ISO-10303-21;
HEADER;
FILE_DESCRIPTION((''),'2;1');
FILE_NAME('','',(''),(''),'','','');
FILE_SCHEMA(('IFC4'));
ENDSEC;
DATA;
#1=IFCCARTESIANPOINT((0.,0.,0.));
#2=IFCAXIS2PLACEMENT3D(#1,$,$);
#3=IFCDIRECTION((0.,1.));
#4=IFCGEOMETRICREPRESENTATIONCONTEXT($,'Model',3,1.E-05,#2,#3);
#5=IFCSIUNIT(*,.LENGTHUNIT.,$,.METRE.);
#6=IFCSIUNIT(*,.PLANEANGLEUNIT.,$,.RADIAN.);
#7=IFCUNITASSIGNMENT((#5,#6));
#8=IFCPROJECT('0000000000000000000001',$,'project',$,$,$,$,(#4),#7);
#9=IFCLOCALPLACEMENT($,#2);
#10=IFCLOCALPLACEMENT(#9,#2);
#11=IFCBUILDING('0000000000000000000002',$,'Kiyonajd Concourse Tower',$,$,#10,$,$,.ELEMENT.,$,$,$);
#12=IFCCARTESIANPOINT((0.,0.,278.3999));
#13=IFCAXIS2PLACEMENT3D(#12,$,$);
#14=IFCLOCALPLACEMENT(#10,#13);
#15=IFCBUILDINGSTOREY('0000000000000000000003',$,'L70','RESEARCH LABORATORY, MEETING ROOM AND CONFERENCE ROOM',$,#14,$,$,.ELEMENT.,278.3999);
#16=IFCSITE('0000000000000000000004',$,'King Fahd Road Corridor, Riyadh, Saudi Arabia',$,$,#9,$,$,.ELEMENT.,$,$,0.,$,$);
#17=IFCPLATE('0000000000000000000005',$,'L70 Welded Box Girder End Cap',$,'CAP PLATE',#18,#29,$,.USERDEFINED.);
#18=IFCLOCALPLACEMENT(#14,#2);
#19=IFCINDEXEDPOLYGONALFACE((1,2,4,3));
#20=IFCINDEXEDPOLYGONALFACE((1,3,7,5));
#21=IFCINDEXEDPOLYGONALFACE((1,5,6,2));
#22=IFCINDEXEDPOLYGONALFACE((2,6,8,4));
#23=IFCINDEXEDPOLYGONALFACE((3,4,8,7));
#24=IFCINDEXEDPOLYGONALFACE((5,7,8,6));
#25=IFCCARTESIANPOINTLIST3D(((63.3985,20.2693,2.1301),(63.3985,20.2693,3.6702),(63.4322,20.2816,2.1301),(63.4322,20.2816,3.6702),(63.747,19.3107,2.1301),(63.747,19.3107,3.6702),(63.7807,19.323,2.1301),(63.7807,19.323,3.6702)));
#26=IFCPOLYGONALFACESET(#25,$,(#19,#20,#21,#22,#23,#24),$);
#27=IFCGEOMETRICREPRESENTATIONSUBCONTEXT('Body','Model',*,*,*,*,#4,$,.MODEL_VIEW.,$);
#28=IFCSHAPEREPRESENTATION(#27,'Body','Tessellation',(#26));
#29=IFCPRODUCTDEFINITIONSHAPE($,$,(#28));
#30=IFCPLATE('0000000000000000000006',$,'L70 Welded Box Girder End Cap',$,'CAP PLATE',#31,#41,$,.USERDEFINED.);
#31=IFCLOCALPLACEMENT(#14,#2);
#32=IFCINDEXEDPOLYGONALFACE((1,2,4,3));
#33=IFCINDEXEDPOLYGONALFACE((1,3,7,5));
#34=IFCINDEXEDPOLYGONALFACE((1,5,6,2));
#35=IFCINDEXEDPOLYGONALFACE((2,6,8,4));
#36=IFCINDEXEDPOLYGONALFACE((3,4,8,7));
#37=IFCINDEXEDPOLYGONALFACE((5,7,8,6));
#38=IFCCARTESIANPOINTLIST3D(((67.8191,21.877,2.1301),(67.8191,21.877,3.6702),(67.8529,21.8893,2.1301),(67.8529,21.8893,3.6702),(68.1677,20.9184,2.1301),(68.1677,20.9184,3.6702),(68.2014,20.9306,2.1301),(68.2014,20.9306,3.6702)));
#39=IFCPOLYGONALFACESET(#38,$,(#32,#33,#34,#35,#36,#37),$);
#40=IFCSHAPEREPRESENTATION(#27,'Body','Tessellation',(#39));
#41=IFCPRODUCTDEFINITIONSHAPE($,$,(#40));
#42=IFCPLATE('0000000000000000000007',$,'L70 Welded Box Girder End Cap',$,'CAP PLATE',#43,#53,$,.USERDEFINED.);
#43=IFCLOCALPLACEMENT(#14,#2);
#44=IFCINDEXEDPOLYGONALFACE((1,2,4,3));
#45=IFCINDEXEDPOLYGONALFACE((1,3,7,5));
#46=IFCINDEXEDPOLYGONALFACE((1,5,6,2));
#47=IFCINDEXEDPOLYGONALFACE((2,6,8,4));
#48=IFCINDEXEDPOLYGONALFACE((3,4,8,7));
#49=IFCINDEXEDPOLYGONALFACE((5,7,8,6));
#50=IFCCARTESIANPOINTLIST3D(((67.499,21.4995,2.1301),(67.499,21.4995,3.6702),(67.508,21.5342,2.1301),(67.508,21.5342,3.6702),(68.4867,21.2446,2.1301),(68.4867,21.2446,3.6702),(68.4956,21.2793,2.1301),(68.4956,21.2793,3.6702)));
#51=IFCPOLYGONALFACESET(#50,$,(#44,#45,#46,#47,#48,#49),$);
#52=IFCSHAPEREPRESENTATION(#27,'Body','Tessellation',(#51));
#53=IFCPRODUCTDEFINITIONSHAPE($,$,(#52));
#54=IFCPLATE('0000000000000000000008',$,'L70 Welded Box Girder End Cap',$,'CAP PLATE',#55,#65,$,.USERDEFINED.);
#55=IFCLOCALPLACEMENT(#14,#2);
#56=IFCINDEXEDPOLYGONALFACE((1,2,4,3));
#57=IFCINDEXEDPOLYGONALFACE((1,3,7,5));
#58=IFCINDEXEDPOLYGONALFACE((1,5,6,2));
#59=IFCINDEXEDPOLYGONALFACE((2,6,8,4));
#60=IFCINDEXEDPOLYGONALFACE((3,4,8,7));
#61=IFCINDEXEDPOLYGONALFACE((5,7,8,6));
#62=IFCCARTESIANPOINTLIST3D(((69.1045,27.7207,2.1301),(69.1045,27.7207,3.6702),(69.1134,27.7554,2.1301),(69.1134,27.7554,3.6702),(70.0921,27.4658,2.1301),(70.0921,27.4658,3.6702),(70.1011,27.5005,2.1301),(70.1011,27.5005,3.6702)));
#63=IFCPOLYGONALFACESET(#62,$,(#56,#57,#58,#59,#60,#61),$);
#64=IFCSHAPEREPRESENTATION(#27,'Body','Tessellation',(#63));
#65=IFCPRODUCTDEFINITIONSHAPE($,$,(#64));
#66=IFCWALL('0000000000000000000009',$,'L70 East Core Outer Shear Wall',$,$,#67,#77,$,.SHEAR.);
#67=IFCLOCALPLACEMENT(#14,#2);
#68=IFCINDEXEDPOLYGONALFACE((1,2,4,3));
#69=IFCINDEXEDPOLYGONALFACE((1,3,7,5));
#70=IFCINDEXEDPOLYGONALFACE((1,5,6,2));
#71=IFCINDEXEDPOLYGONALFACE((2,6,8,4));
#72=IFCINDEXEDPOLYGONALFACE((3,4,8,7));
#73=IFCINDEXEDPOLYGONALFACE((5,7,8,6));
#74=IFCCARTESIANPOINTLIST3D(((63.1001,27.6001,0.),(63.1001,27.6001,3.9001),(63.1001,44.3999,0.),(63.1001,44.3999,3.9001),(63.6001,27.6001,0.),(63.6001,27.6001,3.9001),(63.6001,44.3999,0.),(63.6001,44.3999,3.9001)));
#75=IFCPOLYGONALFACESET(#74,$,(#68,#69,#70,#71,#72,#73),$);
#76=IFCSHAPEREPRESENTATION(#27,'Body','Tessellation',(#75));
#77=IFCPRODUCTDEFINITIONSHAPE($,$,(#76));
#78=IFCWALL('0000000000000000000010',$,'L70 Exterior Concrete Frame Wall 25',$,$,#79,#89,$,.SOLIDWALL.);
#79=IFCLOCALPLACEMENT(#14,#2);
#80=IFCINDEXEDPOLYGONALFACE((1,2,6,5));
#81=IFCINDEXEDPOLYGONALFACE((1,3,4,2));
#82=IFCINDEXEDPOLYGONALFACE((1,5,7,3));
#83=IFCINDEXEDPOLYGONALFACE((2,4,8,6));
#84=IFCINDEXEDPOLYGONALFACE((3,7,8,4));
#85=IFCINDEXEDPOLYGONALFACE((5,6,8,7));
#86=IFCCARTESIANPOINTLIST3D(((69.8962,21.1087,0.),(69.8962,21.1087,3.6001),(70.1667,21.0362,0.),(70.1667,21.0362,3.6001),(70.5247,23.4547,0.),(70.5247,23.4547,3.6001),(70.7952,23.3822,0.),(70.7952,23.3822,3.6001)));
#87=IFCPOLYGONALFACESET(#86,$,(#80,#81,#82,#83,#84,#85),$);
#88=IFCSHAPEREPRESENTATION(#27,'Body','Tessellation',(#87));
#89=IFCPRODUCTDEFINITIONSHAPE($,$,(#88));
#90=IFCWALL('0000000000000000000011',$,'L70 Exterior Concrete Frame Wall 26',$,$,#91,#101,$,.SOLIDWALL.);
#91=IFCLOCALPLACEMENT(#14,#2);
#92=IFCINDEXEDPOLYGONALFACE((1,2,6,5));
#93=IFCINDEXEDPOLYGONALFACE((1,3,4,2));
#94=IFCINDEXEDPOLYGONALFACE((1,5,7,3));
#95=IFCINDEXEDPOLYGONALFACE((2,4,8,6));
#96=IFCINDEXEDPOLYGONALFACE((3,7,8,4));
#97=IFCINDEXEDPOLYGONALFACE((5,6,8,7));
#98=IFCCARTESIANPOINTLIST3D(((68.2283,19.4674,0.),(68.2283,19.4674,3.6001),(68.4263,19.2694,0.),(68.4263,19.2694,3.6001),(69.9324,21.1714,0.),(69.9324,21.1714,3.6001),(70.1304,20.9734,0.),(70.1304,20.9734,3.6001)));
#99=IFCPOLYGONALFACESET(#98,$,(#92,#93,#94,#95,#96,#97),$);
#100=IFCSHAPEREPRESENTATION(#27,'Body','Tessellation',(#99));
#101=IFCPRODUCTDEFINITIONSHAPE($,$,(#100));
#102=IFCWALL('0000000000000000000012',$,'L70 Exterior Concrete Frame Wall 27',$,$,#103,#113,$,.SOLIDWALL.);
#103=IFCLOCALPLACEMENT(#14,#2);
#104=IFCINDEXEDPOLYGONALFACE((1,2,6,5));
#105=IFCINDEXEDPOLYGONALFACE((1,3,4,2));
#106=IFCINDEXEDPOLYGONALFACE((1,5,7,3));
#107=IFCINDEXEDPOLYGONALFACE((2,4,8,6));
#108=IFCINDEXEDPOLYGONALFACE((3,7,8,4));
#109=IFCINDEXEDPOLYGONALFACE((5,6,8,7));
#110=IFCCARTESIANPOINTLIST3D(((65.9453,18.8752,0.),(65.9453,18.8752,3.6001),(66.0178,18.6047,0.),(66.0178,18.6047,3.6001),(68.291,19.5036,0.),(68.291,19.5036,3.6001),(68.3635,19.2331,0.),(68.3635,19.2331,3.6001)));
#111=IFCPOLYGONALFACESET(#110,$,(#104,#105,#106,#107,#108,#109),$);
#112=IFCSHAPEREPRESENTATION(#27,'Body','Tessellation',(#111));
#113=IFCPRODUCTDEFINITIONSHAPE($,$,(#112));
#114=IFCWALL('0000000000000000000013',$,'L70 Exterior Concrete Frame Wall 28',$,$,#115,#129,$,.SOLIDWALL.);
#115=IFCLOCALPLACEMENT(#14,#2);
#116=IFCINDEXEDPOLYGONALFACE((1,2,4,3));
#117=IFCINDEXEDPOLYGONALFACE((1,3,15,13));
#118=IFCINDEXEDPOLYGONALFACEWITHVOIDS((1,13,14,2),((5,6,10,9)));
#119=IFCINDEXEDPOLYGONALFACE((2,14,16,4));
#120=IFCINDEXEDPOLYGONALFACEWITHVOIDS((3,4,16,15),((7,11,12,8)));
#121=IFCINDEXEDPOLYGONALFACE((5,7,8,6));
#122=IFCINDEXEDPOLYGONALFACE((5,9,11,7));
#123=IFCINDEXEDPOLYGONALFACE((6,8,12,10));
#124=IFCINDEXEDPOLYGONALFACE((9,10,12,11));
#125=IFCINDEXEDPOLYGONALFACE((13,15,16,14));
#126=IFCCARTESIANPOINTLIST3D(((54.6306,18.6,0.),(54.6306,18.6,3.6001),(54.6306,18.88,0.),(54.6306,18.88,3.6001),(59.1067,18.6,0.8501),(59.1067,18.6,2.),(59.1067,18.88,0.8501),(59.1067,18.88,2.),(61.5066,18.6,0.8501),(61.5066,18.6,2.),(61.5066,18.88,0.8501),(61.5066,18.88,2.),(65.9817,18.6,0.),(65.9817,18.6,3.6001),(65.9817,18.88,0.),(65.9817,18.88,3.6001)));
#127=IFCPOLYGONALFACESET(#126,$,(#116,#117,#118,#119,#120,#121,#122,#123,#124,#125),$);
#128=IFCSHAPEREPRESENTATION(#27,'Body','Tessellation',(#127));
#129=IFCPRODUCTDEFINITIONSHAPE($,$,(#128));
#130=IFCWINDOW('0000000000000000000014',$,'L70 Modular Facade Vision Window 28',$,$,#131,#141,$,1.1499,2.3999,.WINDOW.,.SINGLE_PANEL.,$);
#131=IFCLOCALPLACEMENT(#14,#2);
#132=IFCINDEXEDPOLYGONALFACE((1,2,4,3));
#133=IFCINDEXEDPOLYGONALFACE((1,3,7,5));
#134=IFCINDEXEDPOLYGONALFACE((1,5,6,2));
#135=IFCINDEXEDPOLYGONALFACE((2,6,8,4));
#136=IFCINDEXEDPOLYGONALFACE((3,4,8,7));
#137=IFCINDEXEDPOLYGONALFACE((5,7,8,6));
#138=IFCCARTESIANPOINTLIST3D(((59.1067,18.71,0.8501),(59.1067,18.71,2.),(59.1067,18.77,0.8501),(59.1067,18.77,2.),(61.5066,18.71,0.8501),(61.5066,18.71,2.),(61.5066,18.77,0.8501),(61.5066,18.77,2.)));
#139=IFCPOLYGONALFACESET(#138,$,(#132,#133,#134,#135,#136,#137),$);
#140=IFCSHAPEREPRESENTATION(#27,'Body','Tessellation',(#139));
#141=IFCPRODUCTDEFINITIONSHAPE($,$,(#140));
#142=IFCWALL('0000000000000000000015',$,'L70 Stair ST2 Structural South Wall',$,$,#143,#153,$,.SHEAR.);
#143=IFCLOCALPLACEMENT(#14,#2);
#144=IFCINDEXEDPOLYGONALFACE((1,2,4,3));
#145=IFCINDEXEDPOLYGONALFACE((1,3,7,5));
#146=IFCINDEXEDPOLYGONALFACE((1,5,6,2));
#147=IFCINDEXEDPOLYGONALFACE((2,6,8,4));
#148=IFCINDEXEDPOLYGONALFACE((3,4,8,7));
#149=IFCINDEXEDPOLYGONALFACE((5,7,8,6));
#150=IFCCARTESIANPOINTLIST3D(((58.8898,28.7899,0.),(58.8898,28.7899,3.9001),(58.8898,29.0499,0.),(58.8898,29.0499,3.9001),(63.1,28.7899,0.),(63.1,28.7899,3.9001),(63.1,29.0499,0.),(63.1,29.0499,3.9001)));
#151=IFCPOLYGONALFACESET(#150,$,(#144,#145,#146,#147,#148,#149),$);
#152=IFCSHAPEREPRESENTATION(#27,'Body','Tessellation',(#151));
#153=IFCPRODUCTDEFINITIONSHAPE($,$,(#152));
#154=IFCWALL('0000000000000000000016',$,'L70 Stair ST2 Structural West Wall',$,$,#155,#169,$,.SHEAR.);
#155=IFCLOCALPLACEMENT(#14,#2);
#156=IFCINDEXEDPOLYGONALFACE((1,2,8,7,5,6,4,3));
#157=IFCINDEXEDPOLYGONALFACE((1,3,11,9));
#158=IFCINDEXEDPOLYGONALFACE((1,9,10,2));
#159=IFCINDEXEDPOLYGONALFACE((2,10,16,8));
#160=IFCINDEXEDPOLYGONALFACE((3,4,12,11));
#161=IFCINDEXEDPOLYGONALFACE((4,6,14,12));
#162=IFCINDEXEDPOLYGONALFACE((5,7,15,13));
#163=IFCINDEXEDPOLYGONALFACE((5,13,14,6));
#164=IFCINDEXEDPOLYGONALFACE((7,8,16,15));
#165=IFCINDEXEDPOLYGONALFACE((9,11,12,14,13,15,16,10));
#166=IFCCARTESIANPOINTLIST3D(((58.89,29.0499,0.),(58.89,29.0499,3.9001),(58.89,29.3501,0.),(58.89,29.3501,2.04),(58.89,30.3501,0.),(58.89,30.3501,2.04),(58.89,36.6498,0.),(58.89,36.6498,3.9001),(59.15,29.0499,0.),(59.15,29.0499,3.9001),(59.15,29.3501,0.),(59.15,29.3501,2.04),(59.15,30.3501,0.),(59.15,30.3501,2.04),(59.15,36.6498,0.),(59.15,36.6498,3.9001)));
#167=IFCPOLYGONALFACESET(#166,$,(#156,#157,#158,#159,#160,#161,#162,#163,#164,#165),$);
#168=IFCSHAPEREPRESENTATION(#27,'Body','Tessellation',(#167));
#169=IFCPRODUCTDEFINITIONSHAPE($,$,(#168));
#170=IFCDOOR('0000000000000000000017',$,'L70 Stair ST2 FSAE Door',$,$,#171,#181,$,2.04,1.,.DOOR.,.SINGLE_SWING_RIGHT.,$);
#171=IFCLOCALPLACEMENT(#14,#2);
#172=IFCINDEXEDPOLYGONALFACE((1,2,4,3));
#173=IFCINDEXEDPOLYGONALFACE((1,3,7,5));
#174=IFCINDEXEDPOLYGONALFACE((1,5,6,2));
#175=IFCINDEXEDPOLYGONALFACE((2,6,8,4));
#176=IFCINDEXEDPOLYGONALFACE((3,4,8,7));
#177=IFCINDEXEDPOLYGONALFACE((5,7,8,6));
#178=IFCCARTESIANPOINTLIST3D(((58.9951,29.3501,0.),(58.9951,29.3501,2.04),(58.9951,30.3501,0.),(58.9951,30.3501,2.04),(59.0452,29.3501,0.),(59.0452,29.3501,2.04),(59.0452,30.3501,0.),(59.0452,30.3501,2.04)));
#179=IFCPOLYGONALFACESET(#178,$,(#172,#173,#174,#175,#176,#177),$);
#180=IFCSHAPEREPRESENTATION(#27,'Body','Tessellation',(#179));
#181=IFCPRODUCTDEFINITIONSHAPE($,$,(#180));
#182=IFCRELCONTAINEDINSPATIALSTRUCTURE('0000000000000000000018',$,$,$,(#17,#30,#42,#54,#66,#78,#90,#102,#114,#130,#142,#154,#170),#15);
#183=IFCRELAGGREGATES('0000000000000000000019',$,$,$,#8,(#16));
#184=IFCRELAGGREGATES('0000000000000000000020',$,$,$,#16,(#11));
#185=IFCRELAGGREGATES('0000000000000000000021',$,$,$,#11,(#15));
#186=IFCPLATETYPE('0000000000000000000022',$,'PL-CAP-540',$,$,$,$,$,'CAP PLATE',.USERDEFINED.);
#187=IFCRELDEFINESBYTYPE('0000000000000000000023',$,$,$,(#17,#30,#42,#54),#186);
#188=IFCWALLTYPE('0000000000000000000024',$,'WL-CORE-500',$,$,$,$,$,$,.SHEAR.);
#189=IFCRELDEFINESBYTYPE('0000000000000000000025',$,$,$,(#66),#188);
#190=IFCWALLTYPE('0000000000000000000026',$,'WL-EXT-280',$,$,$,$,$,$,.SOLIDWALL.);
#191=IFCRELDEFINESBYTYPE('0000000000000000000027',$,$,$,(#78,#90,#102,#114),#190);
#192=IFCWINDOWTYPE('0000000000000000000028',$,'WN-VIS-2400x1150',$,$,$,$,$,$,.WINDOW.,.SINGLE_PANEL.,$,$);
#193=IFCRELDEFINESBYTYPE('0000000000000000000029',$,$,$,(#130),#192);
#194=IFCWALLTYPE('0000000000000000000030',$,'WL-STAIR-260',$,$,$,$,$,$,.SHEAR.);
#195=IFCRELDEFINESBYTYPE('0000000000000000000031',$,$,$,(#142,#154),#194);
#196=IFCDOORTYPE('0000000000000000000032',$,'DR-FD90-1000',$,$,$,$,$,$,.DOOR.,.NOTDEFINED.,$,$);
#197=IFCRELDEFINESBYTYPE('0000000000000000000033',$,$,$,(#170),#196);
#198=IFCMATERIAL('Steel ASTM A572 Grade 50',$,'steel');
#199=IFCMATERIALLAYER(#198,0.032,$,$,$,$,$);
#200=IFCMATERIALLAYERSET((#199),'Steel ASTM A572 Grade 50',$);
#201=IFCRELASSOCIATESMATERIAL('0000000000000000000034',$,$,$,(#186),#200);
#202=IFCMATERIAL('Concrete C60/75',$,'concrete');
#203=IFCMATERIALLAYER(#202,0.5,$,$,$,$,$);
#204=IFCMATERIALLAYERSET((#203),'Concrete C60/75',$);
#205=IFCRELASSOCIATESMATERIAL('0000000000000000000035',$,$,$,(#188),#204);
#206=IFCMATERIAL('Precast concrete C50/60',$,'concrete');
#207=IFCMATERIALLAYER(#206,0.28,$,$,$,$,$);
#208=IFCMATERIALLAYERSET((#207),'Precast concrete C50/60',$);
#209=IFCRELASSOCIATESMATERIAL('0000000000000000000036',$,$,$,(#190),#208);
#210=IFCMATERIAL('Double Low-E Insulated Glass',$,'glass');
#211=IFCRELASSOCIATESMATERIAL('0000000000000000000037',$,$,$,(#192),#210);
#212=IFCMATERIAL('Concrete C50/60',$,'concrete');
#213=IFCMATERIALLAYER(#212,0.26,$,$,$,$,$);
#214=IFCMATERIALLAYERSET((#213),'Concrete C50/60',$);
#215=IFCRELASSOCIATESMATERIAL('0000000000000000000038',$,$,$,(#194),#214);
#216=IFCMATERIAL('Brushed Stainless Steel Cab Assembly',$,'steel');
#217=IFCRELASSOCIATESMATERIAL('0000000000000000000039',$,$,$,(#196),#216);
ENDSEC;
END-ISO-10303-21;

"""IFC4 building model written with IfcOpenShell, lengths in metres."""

from ifc_helpers import new_model, si_unit, direction, frame, frame_2d, origin, origin_2d, place, context, subcontext, project, spatial, rectangle, extrude, material, layer, layer_set, type_object, element, fill, save


model = new_model("IFC4")

# Units and contexts
model_context = context("Model", 3, precision=1e-05, world=origin(), true_north=direction((0.0, 1.0)))
body_context = subcontext(model_context, "Body", "Model", "MODEL_VIEW")
ifc_project = project(units=[si_unit("LENGTHUNIT", "METRE"), si_unit("PLANEANGLEUNIT", "RADIAN")], contexts=[model_context])

# Site, building, storey
site_placement = place(None, origin())
site = spatial("IfcSite", under=ifc_project, at=site_placement, Name="King Fahd Road Corridor, Riyadh, Saudi Arabia", CompositionType="ELEMENT", RefElevation=0.0)
building_placement = place(site_placement, origin())
building = spatial("IfcBuilding", under=site, at=building_placement, Name="Kiyonajd Concourse Tower", CompositionType="ELEMENT")
storey_placement = place(building_placement, frame((0.0, 0.0, 278.3999)))
storey = spatial("IfcBuildingStorey", under=building, at=storey_placement, Name="L70", Description="RESEARCH LABORATORY, MEETING ROOM AND CONFERENCE ROOM", CompositionType="ELEMENT", Elevation=278.3999)

# Shared definitions
ifc_material_1 = material(Name="Concrete C60/75", Category="concrete")

# Shared definitions
ifc_material_2 = material(Name="Steel ASTM A572 Grade 50", Category="steel")

# Plates
ifc_layer_1 = layer(ifc_material_2, 0.032)
ifc_layer_set_1 = layer_set([ifc_layer_1], Name="Steel ASTM A572 Grade 50")
plate_type = type_object("IfcPlateType", Name="PL-CAP-540", ElementType="CAP PLATE", PredefinedType="USERDEFINED", material=ifc_layer_set_1)
for number, where, z_axis, x_axis, name in (
    (1, (63.5896, 19.7961, 2.1301), (0.0, 0.0, 1.0), (-0.939812, -0.341692, 0.0), "L70 Welded Box Girder End Cap"),
    (2, (68.0103, 21.4038, 2.1301), (0.0, 0.0, 1.0), (0.939812, 0.341692, 0.0), "L70 Welded Box Girder End Cap"),
    (3, (67.9973, 21.3894, 2.1301), (0.0, 0.0, 1.0), (-0.249873, -0.968279, 0.0), "L70 Welded Box Girder End Cap"),
    (4, (69.6028, 27.6106, 2.1301), (0.0, 0.0, 1.0), (0.249873, 0.968279, 0.0), "L70 Welded Box Girder End Cap"),
):
    element("IfcPlate", number, at=place(storey_placement, frame(where, z_axis=z_axis, x_axis=x_axis)), inside=storey, type_object=plate_type, Name=name, ObjectType="CAP PLATE", PredefinedType="USERDEFINED", context=body_context, shape_type="SweptSolid", body=[
        extrude(rectangle(XDim=0.0359, YDim=1.02, at=origin_2d()), origin(), (0.0, 0.0, 1.0), 1.54),
    ])

# Walls
ifc_layer_2 = layer(ifc_material_1, 0.5)
ifc_layer_set_2 = layer_set([ifc_layer_2], Name="Concrete C60/75")
wall_type_1 = type_object("IfcWallType", Name="WL-CORE-500", PredefinedType="SHEAR", material=ifc_layer_set_2)
wall_1_placement = place(storey_placement, frame((63.3501, 27.6001, 0.0), z_axis=(0.0, 0.0, 1.0), x_axis=(0.0, 1.0, 0.0)))
element("IfcWall", 5, at=wall_1_placement, inside=storey, type_object=wall_type_1, Name="L70 East Core Outer Shear Wall", PredefinedType="SHEAR", context=body_context, shape_type="SweptSolid", body=[
    extrude(rectangle(XDim=16.7998, YDim=0.5, at=frame_2d((8.3999, 0.0))), origin(), (0.0, 0.0, 1.0), 3.9001),
])
ifc_material_3 = material(Name="Precast concrete C50/60", Category="concrete")
ifc_layer_3 = layer(ifc_material_3, 0.28)
ifc_layer_set_3 = layer_set([ifc_layer_3], Name="Precast concrete C50/60")
wall_type_2 = type_object("IfcWallType", Name="WL-EXT-280", PredefinedType="SOLIDWALL", material=ifc_layer_set_3)
wall_2_placement = place(storey_placement, frame((70.6599, 23.4185, 0.0), z_axis=(0.0, 0.0, 1.0), x_axis=(-0.258751, -0.965944, 0.0)))
element("IfcWall", 6, at=wall_2_placement, inside=storey, type_object=wall_type_2, Name="L70 Exterior Concrete Frame Wall 25", PredefinedType="SOLIDWALL", context=body_context, shape_type="SweptSolid", body=[
    extrude(rectangle(XDim=2.4287, YDim=0.28, at=frame_2d((1.2144, 0.0))), origin(), (0.0, 0.0, 1.0), 3.6001),
])
wall_3_placement = place(storey_placement, frame((70.0315, 21.0725, 0.0), z_axis=(0.0, 0.0, 1.0), x_axis=(-0.707107, -0.707107, 0.0)))
element("IfcWall", 7, at=wall_3_placement, inside=storey, type_object=wall_type_2, Name="L70 Exterior Concrete Frame Wall 26", PredefinedType="SOLIDWALL", context=body_context, shape_type="SweptSolid", body=[
    extrude(rectangle(XDim=2.4099, YDim=0.28, at=frame_2d((1.2051, 0.0))), origin(), (0.0, 0.0, 1.0), 3.6001),
])
wall_4_placement = place(storey_placement, frame((68.3274, 19.3684, 0.0), z_axis=(0.0, 0.0, 1.0), x_axis=(-0.965937, -0.258776, 0.0)))
element("IfcWall", 8, at=wall_4_placement, inside=storey, type_object=wall_type_2, Name="L70 Exterior Concrete Frame Wall 27", PredefinedType="SOLIDWALL", context=body_context, shape_type="SweptSolid", body=[
    extrude(rectangle(XDim=2.4285, YDim=0.28, at=frame_2d((1.2144, 0.0))), origin(), (0.0, 0.0, 1.0), 3.6001),
])

# Wall, opening, window
wall_5_placement = place(storey_placement, frame((65.9817, 18.74, 0.0), z_axis=(0.0, 0.0, 1.0), x_axis=(-1.0, 0.0, 0.0)))
wall_5 = element("IfcWall", 9, at=wall_5_placement, inside=storey, type_object=wall_type_2, Name="L70 Exterior Concrete Frame Wall 28", PredefinedType="SOLIDWALL", context=body_context, shape_type="SweptSolid", body=[
    extrude(rectangle(XDim=11.3511, YDim=0.28, at=frame_2d((5.6755, 0.0))), origin(), (0.0, 0.0, 1.0), 3.6001),
])
opening_1_placement = place(wall_5_placement, frame((4.4751, 0.0, 0.8501)))
opening_1 = element("IfcOpeningElement", 10, at=opening_1_placement, cuts=wall_5, PredefinedType="OPENING", context=body_context, shape_type="SweptSolid", body=[
    extrude(rectangle(XDim=2.3999, YDim=1.1499, at=frame_2d((1.2, 0.575))), frame((0.0, 0.1499, 0.0), z_axis=(0.0, -1.0, 0.0), x_axis=(1.0, 0.0, 0.0)), (0.0, 0.0, 1.0), 0.3),
])
ifc_material_4 = material(Name="Double Low-E Insulated Glass", Category="glass")
window_type = type_object("IfcWindowType", Name="WN-VIS-2400x1150", PartitioningType="SINGLE_PANEL", PredefinedType="WINDOW", material=ifc_material_4)
window_placement = place(opening_1_placement, origin())
window = element("IfcWindow", 11, at=window_placement, inside=storey, type_object=window_type, Name="L70 Modular Facade Vision Window 28", OverallHeight=1.1499, OverallWidth=2.3999, PartitioningType="SINGLE_PANEL", PredefinedType="WINDOW", context=body_context, shape_type="SweptSolid", body=[
    extrude(rectangle(XDim=2.3999, YDim=1.1499, at=frame_2d((1.2, 0.575))), frame((0.0, 0.03, 0.0), z_axis=(0.0, -1.0, 0.0), x_axis=(1.0, 0.0, 0.0)), (0.0, 0.0, 1.0), 0.0601),
])
fill(opening_1, window)

# Wall
ifc_material_5 = material(Name="Concrete C50/60", Category="concrete")
ifc_layer_4 = layer(ifc_material_5, 0.26)
ifc_layer_set_4 = layer_set([ifc_layer_4], Name="Concrete C50/60")
wall_type_3 = type_object("IfcWallType", Name="WL-STAIR-260", PredefinedType="SHEAR", material=ifc_layer_set_4)
wall_6_placement = place(storey_placement, frame((58.8899, 28.9199, 0.0), z_axis=(0.0, 0.0, 1.0), x_axis=(1.0, 0.0, 0.0)))
element("IfcWall", 12, at=wall_6_placement, inside=storey, type_object=wall_type_3, Name="L70 Stair ST2 Structural South Wall", PredefinedType="SHEAR", context=body_context, shape_type="SweptSolid", body=[
    extrude(rectangle(XDim=4.2102, YDim=0.26, at=frame_2d((2.105, 0.0))), origin(), (0.0, 0.0, 1.0), 3.9001),
])

# Wall, opening, door
wall_7_placement = place(storey_placement, frame((59.02, 29.05, 0.0), z_axis=(0.0, 0.0, 1.0), x_axis=(0.0, 1.0, 0.0)))
wall_7 = element("IfcWall", 13, at=wall_7_placement, inside=storey, type_object=wall_type_3, Name="L70 Stair ST2 Structural West Wall", PredefinedType="SHEAR", context=body_context, shape_type="SweptSolid", body=[
    extrude(rectangle(XDim=7.5999, YDim=0.26, at=frame_2d((3.7998, 0.0))), origin(), (0.0, 0.0, 1.0), 3.9001),
])
opening_2_placement = place(wall_7_placement, frame((0.3, 0.0, 0.0)))
opening_2 = element("IfcOpeningElement", 14, at=opening_2_placement, cuts=wall_7, PredefinedType="OPENING", context=body_context, shape_type="SweptSolid", body=[
    extrude(rectangle(XDim=1.0, YDim=2.04, at=frame_2d((0.5, 1.02))), frame((0.0, 0.1399, 0.0), z_axis=(0.0, -1.0, 0.0), x_axis=(1.0, 0.0, 0.0)), (0.0, 0.0, 1.0), 0.28),
])
ifc_material_6 = material(Name="Brushed Stainless Steel Cab Assembly", Category="steel")
door_type = type_object("IfcDoorType", Name="DR-FD90-1000", OperationType="NOTDEFINED", PredefinedType="DOOR", material=ifc_material_6)
door_placement = place(opening_2_placement, origin())
door = element("IfcDoor", 15, at=door_placement, inside=storey, type_object=door_type, Name="L70 Stair ST2 FSAE Door", OperationType="SINGLE_SWING_RIGHT", OverallHeight=2.04, OverallWidth=1.0, PredefinedType="DOOR", context=body_context, shape_type="SweptSolid", body=[
    extrude(rectangle(XDim=1.0, YDim=2.04, at=frame_2d((0.5, 1.02))), frame((0.0, 0.0249, 0.0), z_axis=(0.0, -1.0, 0.0), x_axis=(1.0, 0.0, 0.0)), (0.0, 0.0, 1.0), 0.05),
])
fill(opening_2, door)

save(model, "model.ifc")
